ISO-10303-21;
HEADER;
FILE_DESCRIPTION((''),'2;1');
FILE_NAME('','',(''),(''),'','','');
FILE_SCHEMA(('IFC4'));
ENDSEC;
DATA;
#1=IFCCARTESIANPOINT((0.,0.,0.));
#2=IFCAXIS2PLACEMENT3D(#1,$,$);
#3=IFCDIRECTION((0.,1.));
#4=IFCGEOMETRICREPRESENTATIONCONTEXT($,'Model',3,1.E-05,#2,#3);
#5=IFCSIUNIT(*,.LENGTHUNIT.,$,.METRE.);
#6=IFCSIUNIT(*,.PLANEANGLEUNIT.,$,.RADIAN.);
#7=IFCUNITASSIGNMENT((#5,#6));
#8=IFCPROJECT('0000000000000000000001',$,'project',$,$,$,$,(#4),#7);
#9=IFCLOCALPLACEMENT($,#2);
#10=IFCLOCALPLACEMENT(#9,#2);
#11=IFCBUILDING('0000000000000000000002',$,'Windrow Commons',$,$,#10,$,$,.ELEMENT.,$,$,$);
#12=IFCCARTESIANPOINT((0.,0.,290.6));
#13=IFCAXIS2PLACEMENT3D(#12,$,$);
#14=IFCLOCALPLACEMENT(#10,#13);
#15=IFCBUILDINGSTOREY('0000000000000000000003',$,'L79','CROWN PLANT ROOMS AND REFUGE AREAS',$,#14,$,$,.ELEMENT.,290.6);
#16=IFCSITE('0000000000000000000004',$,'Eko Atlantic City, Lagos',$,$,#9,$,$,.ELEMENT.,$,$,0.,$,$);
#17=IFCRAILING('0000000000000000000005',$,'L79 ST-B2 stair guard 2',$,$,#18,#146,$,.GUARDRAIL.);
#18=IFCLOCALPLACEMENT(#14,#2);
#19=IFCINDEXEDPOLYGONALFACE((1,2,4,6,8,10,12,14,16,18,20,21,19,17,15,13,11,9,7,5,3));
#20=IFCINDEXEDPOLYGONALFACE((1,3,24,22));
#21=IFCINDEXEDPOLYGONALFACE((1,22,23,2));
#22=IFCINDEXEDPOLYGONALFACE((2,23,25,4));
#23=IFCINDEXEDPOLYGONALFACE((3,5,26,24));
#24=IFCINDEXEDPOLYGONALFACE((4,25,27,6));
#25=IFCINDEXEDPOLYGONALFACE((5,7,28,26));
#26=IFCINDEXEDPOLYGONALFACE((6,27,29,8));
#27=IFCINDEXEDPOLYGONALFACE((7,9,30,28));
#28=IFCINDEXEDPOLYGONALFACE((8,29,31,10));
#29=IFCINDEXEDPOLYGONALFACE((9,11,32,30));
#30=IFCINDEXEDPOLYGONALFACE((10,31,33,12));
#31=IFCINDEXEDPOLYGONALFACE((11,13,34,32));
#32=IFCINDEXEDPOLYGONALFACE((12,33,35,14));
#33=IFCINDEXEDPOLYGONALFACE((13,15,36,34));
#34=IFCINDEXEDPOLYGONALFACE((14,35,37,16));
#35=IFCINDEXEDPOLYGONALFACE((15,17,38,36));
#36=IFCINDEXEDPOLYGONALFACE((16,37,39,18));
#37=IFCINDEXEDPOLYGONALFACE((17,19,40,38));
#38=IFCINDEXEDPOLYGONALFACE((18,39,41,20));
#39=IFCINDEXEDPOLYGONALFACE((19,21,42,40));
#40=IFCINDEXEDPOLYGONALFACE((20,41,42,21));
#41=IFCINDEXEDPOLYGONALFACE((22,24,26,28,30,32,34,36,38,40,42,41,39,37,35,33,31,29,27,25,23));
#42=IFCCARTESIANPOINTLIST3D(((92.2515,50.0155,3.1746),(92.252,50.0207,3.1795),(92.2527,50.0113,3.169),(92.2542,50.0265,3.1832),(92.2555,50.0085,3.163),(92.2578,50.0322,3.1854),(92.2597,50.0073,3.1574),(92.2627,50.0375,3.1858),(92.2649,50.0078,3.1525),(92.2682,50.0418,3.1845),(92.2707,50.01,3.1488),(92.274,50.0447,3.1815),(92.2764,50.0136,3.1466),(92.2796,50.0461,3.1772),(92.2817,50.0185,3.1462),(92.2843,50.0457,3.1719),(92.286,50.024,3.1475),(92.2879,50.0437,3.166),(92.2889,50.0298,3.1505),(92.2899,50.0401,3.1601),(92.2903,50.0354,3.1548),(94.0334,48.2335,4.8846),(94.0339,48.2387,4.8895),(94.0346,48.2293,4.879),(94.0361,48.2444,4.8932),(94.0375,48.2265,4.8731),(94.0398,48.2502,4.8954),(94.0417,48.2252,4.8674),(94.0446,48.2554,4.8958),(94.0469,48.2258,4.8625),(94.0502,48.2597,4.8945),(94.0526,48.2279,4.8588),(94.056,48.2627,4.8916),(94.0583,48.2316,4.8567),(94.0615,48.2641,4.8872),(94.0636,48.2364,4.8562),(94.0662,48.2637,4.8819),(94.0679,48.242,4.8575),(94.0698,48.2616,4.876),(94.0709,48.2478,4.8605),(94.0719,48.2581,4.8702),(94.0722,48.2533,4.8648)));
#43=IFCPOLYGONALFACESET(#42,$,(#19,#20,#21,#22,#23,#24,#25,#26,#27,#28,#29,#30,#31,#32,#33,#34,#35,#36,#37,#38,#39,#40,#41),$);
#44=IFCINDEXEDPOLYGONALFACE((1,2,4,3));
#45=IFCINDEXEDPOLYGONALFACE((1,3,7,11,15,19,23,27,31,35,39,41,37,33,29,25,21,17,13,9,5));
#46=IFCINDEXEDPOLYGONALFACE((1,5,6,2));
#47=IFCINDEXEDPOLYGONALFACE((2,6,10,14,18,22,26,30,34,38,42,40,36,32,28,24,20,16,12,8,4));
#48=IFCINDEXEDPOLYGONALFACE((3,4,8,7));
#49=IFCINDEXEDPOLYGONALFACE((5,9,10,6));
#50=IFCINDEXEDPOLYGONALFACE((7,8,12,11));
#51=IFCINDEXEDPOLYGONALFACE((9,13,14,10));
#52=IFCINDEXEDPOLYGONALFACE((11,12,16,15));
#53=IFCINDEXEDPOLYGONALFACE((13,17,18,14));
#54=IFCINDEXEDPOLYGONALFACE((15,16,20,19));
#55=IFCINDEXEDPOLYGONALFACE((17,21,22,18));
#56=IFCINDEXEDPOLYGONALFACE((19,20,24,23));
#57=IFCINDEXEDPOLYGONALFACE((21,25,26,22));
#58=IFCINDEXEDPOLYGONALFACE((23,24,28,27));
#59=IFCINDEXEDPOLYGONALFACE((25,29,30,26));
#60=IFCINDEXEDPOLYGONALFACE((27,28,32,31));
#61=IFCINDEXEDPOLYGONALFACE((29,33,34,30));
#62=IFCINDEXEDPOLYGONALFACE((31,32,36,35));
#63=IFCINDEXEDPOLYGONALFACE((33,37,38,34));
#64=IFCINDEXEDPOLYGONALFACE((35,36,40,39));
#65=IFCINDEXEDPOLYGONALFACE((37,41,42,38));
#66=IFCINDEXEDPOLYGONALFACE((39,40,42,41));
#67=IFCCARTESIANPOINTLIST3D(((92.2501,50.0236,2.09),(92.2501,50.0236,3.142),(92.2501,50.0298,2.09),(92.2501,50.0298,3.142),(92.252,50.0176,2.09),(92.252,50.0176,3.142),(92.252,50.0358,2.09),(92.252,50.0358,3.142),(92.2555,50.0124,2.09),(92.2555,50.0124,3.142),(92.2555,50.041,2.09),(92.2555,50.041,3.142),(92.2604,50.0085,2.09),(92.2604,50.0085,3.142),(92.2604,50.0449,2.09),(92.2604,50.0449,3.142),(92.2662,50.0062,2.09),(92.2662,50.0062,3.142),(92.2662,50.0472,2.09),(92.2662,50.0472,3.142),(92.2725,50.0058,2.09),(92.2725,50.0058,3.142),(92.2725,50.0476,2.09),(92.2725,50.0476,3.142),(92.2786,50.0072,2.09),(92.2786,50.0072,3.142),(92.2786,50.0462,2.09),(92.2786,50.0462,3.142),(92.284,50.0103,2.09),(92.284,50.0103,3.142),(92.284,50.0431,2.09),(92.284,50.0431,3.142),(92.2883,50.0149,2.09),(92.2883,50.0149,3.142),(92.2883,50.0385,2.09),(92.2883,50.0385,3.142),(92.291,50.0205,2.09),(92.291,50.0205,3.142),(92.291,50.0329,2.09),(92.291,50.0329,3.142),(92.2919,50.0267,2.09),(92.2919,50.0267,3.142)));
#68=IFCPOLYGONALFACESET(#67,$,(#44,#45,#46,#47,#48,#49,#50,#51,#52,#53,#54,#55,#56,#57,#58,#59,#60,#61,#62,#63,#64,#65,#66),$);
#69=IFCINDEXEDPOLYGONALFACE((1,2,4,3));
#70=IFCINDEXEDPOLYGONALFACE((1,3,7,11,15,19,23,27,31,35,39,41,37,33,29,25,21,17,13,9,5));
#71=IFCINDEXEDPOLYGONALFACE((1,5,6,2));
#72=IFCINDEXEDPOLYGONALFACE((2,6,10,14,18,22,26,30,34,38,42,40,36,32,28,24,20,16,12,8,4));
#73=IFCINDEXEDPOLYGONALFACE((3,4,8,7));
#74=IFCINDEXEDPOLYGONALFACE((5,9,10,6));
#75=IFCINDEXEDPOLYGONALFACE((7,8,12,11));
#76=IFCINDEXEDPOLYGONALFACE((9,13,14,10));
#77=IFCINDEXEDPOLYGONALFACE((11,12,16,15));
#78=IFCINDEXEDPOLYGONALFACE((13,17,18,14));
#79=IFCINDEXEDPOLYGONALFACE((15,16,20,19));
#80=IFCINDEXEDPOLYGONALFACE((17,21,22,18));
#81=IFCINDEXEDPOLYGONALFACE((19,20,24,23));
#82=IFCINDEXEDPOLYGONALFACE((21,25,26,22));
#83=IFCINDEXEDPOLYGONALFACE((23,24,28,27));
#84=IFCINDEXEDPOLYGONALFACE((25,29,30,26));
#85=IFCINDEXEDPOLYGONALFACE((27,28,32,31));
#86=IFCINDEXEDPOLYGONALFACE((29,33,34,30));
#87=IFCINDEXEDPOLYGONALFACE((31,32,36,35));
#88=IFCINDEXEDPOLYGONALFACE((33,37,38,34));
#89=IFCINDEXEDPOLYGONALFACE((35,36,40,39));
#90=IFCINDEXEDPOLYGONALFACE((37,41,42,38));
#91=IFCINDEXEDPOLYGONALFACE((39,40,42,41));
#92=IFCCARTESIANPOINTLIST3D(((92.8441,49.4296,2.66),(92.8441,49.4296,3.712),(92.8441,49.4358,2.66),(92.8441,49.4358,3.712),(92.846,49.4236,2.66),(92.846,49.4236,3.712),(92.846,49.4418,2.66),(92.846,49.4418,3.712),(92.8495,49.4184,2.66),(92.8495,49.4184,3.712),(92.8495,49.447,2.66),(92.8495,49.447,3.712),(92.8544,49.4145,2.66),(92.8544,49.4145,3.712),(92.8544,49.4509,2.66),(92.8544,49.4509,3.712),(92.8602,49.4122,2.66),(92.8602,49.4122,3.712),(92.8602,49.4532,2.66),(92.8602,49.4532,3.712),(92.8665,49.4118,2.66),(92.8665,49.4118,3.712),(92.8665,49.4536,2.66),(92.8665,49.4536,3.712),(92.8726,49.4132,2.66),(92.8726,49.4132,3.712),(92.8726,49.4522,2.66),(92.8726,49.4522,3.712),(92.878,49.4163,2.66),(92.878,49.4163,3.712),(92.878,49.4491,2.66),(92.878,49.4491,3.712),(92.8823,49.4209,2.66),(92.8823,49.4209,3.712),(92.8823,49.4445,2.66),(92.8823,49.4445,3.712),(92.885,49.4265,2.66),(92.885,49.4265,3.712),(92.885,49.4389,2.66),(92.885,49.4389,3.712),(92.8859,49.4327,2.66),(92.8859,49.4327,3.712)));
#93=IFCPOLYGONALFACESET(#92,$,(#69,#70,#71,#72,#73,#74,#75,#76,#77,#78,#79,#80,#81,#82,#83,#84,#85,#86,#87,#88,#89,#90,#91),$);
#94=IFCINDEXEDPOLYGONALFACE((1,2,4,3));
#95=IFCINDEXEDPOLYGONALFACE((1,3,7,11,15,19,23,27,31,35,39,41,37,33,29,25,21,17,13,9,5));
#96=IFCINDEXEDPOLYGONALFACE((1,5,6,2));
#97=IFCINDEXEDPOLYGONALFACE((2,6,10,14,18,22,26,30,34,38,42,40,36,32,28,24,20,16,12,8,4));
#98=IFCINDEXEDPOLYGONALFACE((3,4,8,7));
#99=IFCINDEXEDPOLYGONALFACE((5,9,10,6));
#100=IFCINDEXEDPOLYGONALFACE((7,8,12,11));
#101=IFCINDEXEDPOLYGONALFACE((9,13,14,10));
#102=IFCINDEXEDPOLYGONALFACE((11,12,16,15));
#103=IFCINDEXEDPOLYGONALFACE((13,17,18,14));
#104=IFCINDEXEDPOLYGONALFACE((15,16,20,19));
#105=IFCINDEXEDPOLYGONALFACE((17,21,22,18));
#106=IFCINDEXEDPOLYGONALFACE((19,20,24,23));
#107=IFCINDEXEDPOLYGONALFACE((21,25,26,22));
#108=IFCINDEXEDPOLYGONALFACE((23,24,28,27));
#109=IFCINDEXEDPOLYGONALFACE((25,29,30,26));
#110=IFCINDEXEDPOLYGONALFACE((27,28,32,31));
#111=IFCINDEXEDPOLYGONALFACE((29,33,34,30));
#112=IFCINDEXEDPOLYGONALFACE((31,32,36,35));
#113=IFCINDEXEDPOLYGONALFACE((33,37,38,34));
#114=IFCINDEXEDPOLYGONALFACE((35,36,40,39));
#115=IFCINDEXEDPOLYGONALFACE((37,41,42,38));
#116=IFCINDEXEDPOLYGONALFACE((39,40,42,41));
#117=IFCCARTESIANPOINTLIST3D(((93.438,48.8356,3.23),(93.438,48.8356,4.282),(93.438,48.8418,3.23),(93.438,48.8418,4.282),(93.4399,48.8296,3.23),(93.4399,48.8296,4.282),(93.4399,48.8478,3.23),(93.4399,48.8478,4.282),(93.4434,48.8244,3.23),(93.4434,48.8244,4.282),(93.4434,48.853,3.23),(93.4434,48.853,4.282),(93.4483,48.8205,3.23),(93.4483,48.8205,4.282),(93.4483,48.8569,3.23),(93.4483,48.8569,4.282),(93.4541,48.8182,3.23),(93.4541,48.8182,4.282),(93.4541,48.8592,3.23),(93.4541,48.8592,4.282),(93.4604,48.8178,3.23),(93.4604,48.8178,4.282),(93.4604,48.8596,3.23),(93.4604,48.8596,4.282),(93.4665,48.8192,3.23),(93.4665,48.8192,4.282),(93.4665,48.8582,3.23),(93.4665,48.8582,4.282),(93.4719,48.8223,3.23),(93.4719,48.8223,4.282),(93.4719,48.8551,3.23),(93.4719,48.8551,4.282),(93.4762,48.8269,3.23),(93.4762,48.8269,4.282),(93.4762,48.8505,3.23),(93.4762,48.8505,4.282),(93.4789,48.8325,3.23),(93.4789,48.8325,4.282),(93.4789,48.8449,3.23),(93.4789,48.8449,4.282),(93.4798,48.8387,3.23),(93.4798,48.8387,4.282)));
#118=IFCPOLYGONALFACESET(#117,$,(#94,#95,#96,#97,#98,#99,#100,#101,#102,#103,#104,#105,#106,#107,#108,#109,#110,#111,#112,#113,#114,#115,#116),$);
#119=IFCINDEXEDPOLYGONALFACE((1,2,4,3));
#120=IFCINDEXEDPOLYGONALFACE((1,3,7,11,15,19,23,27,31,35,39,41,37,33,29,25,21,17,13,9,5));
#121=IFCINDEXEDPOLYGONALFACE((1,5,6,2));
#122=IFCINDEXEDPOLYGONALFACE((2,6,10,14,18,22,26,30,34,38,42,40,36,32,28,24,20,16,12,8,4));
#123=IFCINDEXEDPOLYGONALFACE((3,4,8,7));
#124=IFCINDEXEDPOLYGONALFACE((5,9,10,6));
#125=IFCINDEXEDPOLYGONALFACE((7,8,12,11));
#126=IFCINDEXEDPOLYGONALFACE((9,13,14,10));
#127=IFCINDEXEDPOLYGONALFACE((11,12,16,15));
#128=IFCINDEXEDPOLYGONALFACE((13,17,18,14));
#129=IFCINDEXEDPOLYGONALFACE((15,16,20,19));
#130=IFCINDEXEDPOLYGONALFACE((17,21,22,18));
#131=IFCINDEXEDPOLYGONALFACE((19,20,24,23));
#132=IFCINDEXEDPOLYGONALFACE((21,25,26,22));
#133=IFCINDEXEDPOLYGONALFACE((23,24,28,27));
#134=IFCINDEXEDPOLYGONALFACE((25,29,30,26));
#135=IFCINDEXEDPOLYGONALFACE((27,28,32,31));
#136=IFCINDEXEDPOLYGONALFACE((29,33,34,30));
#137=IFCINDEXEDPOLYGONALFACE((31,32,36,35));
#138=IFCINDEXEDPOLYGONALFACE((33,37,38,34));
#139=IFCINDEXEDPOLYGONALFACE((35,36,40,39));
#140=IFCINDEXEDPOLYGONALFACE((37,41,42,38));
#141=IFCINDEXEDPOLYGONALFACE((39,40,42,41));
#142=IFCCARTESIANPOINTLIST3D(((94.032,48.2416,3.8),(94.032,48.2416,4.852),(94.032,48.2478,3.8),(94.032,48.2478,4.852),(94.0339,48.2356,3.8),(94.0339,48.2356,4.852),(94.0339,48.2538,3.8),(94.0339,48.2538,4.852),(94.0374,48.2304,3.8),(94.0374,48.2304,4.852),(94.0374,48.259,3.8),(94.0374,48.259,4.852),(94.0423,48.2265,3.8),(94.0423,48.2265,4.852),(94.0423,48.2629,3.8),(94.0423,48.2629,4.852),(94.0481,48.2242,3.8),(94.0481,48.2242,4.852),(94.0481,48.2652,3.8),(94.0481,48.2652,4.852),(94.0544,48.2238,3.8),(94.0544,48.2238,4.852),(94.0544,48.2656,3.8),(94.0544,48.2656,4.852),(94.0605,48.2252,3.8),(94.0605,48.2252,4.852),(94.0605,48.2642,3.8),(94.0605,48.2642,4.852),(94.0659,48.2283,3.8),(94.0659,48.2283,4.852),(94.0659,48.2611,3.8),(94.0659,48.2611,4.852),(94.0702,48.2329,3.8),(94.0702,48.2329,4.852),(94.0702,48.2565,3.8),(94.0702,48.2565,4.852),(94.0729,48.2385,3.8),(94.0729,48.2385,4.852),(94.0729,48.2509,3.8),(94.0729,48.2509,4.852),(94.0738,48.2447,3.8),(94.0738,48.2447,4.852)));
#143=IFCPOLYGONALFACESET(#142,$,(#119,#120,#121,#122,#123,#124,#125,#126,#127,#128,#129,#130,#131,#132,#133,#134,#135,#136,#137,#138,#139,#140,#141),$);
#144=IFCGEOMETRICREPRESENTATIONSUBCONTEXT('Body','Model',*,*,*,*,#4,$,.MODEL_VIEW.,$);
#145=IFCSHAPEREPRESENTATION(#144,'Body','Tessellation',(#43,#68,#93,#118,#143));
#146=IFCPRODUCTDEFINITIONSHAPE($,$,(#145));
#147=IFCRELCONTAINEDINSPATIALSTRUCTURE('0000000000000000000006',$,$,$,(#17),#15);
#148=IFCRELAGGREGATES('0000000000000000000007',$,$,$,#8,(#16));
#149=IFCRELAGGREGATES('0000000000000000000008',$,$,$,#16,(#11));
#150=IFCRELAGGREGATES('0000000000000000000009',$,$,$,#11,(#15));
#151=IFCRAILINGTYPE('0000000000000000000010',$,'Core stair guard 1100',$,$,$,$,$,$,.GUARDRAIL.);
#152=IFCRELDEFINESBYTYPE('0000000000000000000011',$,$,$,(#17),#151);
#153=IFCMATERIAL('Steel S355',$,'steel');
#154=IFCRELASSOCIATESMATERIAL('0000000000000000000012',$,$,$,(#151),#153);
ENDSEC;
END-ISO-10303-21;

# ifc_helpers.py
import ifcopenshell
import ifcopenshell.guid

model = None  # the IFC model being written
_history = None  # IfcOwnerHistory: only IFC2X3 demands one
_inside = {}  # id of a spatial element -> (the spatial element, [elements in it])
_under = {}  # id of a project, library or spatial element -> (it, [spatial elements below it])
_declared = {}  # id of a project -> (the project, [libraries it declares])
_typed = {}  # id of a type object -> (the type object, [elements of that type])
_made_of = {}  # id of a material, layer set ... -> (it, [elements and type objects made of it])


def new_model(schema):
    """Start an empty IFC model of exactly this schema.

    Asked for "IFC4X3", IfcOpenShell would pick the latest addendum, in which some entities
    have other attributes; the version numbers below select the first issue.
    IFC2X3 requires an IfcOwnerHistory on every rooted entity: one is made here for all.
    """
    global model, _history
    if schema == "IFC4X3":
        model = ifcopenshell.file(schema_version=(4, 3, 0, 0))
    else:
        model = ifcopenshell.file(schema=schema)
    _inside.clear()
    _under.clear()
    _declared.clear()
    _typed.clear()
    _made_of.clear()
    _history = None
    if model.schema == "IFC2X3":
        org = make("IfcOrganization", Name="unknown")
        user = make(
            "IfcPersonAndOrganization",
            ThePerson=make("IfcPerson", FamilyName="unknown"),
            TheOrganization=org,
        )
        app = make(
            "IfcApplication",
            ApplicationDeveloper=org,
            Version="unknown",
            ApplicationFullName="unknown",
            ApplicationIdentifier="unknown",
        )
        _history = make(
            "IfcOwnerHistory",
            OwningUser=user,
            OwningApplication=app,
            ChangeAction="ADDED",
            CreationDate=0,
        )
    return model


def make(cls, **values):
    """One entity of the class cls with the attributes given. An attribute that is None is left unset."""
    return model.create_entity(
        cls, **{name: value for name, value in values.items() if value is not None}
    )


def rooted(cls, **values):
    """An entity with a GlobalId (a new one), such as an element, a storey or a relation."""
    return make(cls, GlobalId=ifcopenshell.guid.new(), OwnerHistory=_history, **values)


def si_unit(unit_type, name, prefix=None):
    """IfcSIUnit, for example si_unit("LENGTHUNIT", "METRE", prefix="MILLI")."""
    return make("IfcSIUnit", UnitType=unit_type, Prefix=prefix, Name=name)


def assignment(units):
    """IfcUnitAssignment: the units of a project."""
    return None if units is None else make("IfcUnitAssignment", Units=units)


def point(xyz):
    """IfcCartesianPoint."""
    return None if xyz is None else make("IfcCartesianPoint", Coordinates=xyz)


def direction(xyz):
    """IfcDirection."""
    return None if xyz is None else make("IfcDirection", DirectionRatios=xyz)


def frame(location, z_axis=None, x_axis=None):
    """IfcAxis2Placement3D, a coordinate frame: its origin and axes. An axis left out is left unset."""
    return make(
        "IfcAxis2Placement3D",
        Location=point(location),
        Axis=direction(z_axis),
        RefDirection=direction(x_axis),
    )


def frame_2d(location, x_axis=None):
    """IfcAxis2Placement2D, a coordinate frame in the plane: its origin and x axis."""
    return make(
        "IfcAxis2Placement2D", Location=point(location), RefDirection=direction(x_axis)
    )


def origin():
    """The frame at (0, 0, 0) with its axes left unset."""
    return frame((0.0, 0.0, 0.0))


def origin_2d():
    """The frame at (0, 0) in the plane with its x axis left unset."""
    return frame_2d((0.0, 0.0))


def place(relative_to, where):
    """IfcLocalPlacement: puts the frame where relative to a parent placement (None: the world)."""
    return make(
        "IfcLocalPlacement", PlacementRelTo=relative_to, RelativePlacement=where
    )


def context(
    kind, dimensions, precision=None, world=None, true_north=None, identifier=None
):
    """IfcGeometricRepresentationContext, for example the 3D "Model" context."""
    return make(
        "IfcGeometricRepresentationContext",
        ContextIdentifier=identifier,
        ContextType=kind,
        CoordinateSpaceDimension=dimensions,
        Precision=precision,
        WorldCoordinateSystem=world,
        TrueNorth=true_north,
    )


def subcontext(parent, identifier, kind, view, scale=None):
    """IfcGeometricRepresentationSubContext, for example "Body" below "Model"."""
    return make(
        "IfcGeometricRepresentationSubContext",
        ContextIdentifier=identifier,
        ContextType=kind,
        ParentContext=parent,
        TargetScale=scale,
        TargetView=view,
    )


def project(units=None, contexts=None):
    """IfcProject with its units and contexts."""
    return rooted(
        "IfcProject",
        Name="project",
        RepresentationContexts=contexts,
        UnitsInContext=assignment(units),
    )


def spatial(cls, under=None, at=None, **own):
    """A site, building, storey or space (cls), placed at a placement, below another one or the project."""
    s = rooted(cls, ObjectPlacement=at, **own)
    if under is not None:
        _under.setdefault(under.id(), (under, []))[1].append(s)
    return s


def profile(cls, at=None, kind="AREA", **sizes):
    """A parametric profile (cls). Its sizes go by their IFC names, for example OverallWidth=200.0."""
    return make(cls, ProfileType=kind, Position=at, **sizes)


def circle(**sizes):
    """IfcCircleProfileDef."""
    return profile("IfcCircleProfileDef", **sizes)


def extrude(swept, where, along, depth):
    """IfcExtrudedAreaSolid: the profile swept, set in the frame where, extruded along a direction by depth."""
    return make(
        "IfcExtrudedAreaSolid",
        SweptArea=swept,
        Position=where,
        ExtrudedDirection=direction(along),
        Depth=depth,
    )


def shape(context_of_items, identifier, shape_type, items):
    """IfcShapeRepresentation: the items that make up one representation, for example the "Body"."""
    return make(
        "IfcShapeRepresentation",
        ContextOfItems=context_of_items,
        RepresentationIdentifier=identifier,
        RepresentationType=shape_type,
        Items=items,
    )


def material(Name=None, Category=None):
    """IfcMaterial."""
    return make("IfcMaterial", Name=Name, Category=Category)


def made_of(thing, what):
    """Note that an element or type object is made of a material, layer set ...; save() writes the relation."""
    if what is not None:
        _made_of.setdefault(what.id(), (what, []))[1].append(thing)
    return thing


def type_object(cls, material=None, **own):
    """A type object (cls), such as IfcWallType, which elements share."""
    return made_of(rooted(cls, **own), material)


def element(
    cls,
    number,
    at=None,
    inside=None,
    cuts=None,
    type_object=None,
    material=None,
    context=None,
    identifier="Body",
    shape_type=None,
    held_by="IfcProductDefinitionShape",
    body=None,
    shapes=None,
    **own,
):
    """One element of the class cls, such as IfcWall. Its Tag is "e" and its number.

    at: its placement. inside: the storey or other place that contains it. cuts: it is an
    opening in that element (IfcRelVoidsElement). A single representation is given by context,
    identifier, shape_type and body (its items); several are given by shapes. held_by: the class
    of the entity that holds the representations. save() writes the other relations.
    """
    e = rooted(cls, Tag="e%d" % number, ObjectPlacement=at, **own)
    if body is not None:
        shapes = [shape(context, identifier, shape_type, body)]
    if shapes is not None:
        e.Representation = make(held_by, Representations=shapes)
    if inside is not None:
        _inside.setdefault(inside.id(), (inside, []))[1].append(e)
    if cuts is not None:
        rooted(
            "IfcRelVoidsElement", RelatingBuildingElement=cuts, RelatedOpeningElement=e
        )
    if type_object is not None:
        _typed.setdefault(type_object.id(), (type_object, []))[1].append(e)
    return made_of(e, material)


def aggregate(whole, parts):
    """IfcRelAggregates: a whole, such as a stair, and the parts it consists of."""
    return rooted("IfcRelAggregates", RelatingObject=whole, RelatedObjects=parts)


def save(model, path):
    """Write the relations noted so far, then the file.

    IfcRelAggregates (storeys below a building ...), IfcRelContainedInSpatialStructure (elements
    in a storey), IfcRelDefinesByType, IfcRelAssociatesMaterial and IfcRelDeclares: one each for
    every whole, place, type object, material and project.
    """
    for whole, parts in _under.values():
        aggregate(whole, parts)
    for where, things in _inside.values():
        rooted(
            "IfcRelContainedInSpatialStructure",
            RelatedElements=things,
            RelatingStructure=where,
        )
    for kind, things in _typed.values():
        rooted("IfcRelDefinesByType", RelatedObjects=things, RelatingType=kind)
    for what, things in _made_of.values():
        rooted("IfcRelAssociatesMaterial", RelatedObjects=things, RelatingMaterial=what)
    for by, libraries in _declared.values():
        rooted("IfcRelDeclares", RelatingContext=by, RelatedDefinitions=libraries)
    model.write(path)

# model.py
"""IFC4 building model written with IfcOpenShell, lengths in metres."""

from ifc_helpers import new_model, si_unit, direction, frame, origin, origin_2d, place, context, subcontext, project, spatial, circle, extrude, material, type_object, element, save


model = new_model("IFC4")

# Units and contexts
model_context = context("Model", 3, precision=1e-05, world=origin(), true_north=direction((0.0, 1.0)))
body_context = subcontext(model_context, "Body", "Model", "MODEL_VIEW")
ifc_project = project(units=[si_unit("LENGTHUNIT", "METRE"), si_unit("PLANEANGLEUNIT", "RADIAN")], contexts=[model_context])

# Site, building, storey
site_placement = place(None, origin())
site = spatial("IfcSite", under=ifc_project, at=site_placement, Name="Eko Atlantic City, Lagos", CompositionType="ELEMENT", RefElevation=0.0)
building_placement = place(site_placement, origin())
building = spatial("IfcBuilding", under=site, at=building_placement, Name="Windrow Commons", CompositionType="ELEMENT")
storey_placement = place(building_placement, frame((0.0, 0.0, 290.6)))
storey = spatial("IfcBuildingStorey", under=building, at=storey_placement, Name="L79", Description="CROWN PLANT ROOMS AND REFUGE AREAS", CompositionType="ELEMENT", Elevation=290.6)

# Railing
ifc_material_1 = material(Name="Steel S355", Category="steel")
railing_type_1 = type_object("IfcRailingType", Name="Core stair guard 1100", PredefinedType="GUARDRAIL", material=ifc_material_1)
railing_1_placement = place(storey_placement, frame((92.2709, 50.0267, 2.09)))
element("IfcRailing", 1, at=railing_1_placement, inside=storey, type_object=railing_type_1, Name="L79 ST-B2 stair guard 2", PredefinedType="GUARDRAIL", context=body_context, shape_type="SweptSolid", body=[
    extrude(circle(Radius=0.024, at=origin_2d()), frame((0.0, 0.0, 1.076), z_axis=(0.585102, -0.585134, 0.561493), x_axis=(0.707127, 0.707087, 0.0)), (0.0, 0.0, 1.0), 3.0455),
    extrude(circle(Radius=0.021, at=origin_2d()), origin(), (0.0, 0.0, 1.0), 1.052),
    extrude(circle(Radius=0.021, at=origin_2d()), frame((0.594, -0.594, 0.57)), (0.0, 0.0, 1.0), 1.052),
    extrude(circle(Radius=0.021, at=origin_2d()), frame((1.1879, -1.188, 1.14)), (0.0, 0.0, 1.0), 1.052),
    extrude(circle(Radius=0.021, at=origin_2d()), frame((1.7819, -1.782, 1.71)), (0.0, 0.0, 1.0), 1.052),
])

save(model, "model.ifc")
